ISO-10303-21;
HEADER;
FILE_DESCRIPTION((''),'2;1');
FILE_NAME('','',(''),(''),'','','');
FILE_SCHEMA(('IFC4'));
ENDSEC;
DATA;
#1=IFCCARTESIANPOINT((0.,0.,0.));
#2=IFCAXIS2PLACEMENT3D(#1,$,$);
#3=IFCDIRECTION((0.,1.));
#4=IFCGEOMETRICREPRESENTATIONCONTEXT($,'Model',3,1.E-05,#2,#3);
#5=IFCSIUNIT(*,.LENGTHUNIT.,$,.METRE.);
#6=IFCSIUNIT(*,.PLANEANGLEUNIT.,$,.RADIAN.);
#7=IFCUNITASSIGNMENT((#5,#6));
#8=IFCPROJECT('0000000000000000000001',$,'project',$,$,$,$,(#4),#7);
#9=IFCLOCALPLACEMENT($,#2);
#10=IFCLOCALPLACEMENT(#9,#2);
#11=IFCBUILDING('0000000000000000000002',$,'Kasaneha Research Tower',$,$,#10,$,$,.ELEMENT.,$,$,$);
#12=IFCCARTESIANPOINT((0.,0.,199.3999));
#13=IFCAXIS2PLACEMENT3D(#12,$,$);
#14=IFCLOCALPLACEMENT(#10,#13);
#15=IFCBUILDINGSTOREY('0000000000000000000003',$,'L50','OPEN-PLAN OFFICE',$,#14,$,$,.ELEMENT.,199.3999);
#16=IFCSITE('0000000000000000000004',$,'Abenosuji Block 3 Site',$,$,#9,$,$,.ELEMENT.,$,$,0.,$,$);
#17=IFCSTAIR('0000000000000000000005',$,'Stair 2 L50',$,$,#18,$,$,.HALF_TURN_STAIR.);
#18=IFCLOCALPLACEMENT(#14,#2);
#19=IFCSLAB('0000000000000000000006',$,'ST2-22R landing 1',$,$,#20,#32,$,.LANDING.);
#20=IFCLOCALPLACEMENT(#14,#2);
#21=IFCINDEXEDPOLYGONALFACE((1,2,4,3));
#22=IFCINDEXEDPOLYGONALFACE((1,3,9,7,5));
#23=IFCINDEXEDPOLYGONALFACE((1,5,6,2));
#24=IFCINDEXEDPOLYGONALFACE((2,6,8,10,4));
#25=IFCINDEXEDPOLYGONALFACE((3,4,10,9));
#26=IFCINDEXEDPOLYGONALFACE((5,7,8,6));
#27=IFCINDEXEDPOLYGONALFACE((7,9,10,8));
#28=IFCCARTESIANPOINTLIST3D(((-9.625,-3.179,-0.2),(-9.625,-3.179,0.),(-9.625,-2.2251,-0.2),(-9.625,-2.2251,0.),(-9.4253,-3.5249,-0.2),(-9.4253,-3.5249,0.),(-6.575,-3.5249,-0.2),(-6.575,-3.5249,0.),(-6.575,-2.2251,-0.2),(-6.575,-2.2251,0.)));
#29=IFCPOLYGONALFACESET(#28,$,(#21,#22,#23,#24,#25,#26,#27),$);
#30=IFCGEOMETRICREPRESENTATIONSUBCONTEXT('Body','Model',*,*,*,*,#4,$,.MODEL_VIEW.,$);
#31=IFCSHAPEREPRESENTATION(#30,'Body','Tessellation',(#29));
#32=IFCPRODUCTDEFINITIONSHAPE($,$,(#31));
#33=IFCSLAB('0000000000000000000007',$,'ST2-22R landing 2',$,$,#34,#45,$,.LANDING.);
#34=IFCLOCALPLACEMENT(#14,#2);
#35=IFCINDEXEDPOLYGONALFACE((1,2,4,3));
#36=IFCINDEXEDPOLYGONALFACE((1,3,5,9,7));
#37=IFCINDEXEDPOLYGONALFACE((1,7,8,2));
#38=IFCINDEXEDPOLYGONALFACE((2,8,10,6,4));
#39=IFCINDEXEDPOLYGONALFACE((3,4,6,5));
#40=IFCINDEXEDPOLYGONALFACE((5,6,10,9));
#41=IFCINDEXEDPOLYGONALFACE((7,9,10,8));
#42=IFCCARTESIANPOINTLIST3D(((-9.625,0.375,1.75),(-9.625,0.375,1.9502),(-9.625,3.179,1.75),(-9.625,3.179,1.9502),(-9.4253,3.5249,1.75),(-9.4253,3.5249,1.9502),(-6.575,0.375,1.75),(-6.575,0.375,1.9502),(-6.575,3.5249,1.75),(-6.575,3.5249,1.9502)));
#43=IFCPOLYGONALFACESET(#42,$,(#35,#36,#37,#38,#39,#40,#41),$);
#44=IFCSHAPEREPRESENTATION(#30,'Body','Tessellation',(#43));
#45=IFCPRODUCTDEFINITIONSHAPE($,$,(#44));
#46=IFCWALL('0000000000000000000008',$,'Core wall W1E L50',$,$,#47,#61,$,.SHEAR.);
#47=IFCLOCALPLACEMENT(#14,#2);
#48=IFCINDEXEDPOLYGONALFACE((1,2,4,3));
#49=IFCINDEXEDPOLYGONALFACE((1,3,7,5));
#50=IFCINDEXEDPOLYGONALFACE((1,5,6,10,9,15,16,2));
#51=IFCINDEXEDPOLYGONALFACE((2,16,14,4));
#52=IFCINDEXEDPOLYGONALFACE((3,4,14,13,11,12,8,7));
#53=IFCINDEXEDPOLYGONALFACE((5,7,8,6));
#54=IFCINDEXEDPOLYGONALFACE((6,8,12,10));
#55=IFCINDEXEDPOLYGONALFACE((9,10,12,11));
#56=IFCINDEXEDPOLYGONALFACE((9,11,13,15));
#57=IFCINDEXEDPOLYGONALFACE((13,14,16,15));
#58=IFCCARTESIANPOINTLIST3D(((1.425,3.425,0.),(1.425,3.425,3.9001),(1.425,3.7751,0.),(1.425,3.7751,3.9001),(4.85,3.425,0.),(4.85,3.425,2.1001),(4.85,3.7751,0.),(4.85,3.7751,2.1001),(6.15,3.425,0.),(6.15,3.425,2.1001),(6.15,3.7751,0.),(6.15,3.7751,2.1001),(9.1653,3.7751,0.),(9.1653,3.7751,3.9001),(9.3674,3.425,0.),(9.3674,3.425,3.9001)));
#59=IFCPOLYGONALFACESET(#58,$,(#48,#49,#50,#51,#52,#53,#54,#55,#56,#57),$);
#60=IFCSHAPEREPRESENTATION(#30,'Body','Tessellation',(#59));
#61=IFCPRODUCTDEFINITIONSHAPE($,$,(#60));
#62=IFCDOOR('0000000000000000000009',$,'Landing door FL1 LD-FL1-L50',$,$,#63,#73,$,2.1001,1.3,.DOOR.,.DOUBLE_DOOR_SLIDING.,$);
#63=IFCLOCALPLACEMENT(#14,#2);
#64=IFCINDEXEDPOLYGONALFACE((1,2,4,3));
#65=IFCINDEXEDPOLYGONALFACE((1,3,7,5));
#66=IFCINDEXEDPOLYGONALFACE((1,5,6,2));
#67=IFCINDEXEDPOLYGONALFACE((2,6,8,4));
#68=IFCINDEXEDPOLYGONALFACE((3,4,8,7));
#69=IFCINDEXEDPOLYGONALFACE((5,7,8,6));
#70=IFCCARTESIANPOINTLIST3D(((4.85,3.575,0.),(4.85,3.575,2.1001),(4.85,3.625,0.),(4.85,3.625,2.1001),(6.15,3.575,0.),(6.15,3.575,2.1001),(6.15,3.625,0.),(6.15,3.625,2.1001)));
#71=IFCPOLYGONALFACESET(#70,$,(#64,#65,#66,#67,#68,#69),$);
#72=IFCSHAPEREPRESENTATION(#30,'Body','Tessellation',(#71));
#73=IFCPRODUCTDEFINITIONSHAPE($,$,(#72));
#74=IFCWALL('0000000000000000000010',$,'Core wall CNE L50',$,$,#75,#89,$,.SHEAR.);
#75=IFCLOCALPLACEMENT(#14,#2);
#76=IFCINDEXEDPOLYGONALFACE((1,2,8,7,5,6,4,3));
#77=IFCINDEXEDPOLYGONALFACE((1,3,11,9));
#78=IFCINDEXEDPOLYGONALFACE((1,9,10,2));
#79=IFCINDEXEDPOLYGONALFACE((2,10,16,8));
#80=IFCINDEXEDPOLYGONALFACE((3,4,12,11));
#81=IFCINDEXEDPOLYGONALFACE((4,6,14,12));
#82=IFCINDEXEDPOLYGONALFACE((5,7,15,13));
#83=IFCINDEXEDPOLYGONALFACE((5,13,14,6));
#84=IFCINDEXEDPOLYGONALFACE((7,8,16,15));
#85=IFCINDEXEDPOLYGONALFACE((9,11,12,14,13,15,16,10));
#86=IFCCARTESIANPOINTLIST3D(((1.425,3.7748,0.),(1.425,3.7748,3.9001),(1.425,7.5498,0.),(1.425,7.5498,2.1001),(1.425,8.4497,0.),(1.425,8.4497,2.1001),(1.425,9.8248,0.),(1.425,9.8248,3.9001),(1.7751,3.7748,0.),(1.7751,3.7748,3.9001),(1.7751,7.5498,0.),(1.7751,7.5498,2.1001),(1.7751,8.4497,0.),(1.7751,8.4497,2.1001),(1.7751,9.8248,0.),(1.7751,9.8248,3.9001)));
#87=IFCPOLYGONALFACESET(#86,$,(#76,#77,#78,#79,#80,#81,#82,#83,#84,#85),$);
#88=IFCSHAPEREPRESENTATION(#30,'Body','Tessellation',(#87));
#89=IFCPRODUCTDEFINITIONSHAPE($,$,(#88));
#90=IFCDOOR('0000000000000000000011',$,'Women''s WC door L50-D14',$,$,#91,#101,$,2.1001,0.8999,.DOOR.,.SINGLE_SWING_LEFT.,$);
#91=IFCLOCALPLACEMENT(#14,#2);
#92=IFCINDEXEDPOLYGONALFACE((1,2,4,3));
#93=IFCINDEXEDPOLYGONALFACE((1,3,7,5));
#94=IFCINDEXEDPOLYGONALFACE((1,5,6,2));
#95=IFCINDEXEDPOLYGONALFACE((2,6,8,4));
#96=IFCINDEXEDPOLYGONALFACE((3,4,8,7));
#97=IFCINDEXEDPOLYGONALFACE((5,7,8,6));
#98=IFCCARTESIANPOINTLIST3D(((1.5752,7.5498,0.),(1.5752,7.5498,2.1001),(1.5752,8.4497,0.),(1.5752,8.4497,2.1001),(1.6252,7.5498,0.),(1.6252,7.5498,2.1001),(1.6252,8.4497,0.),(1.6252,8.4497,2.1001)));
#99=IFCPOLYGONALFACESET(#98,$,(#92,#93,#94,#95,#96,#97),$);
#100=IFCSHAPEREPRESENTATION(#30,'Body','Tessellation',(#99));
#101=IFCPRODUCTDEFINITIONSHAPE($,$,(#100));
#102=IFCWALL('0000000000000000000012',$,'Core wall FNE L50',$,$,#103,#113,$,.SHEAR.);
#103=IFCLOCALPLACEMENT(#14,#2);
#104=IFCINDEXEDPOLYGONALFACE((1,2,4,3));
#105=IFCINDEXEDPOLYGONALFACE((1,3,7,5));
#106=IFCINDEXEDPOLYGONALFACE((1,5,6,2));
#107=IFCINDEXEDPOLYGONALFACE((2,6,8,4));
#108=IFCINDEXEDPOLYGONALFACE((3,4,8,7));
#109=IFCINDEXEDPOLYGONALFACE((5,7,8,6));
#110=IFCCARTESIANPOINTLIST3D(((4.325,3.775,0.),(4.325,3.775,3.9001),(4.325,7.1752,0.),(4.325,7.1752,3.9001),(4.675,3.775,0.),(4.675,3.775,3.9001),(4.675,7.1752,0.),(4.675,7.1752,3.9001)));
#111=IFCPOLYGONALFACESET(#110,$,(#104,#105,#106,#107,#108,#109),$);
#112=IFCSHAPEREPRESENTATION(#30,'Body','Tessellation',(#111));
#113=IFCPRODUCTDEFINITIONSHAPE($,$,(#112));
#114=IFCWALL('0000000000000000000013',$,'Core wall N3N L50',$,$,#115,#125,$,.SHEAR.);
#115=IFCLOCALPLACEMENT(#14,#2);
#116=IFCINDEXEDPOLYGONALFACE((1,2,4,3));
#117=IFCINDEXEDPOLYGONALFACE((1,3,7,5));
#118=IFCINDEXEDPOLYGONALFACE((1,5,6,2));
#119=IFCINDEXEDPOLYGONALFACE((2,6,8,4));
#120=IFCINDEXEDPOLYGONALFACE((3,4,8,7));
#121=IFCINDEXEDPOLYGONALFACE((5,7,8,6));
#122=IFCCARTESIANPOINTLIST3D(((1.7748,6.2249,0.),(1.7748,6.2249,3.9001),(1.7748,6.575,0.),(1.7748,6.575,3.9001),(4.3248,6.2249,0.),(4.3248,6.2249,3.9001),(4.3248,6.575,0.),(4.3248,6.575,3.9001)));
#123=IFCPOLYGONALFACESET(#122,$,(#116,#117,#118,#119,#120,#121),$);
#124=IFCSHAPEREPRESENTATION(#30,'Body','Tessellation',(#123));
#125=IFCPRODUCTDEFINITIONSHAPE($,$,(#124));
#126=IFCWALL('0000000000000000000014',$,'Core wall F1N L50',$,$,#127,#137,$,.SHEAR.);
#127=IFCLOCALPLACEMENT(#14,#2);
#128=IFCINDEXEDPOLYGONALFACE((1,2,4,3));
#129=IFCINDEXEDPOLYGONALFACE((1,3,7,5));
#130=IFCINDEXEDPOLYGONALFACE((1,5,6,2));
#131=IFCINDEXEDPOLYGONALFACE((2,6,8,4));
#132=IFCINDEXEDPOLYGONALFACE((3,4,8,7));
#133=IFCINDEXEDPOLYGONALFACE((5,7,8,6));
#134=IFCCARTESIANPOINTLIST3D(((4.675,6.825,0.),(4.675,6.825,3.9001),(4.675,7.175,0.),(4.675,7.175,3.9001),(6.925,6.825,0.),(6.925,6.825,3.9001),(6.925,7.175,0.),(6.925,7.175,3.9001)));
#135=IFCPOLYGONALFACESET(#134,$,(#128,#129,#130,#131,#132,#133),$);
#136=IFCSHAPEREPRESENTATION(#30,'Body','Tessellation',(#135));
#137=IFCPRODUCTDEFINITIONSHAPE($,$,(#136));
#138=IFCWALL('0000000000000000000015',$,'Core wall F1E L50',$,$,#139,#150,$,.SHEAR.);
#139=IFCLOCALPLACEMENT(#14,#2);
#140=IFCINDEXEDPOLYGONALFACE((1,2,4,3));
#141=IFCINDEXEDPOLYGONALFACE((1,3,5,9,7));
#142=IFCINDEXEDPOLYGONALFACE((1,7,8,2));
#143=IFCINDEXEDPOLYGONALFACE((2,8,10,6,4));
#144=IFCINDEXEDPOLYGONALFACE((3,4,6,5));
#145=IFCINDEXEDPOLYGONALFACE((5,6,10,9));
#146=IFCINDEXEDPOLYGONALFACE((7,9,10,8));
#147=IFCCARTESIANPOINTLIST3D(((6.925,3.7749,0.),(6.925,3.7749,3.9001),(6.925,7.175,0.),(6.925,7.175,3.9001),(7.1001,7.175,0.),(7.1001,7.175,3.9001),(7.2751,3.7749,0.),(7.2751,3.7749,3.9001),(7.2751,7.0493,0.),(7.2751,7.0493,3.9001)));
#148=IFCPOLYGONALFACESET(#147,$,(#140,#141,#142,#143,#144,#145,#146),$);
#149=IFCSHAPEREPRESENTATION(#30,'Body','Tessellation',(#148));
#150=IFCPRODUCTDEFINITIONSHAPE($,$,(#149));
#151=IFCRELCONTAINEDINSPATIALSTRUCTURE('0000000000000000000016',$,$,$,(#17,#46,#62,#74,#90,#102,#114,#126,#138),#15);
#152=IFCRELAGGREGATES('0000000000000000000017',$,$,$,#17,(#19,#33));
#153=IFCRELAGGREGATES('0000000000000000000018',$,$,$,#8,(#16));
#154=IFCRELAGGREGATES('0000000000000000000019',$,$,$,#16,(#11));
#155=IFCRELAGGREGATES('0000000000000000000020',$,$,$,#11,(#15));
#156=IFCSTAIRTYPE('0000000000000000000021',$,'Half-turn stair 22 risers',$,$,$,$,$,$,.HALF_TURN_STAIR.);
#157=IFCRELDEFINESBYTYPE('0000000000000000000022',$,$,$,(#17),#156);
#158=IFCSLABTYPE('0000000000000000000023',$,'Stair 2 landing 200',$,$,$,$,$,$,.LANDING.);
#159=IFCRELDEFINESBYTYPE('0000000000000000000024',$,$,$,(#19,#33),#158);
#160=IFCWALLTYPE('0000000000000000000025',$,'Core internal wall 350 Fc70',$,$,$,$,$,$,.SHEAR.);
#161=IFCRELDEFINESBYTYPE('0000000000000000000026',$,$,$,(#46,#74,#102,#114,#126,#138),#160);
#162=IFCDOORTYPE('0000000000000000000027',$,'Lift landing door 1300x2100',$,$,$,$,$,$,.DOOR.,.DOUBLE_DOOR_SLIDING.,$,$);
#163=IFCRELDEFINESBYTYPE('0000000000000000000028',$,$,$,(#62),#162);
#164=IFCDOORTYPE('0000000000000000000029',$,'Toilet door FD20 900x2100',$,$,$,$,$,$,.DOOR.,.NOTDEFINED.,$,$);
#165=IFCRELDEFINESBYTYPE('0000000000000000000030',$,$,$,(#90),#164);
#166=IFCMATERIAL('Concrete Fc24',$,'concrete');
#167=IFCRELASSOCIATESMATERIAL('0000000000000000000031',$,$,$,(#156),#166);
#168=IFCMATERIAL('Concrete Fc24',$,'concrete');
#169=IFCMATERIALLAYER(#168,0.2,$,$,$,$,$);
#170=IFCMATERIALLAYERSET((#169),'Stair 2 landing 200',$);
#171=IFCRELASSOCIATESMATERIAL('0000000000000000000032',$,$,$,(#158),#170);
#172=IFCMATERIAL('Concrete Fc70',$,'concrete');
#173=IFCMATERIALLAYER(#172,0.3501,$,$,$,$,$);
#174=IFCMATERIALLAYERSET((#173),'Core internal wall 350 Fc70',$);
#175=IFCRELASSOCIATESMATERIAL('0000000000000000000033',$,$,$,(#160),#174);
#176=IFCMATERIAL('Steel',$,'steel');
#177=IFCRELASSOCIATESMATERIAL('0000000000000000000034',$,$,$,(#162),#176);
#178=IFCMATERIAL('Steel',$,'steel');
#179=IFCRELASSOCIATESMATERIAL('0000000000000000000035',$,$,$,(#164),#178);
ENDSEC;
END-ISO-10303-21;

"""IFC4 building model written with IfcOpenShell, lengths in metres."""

from ifc_helpers import new_model, si_unit, direction, frame, frame_2d, origin, place, context, subcontext, project, spatial, polyline, rectangle, outline, extrude, material, layer, layer_set, type_object, element, fill, aggregate, save


model = new_model("IFC4")

# Units and contexts
model_context = context("Model", 3, precision=1e-05, world=origin(), true_north=direction((0.0, 1.0)))
body_context = subcontext(model_context, "Body", "Model", "MODEL_VIEW")
ifc_project = project(units=[si_unit("LENGTHUNIT", "METRE"), si_unit("PLANEANGLEUNIT", "RADIAN")], contexts=[model_context])

# Site, building, storey
site_placement = place(None, origin())
site = spatial("IfcSite", under=ifc_project, at=site_placement, Name="Abenosuji Block 3 Site", CompositionType="ELEMENT", RefElevation=0.0)
building_placement = place(site_placement, origin())
building = spatial("IfcBuilding", under=site, at=building_placement, Name="Kasaneha Research Tower", CompositionType="ELEMENT")
storey_placement = place(building_placement, frame((0.0, 0.0, 199.3999)))
storey = spatial("IfcBuildingStorey", under=building, at=storey_placement, Name="L50", Description="OPEN-PLAN OFFICE", CompositionType="ELEMENT", Elevation=199.3999)

# Stair, slabs
ifc_material_1 = material(Name="Concrete Fc24", Category="concrete")
stair_type = type_object("IfcStairType", Name="Half-turn stair 22 risers", PredefinedType="HALF_TURN_STAIR", material=ifc_material_1)
stair_1_placement = place(storey_placement, origin())
stair_1 = element("IfcStair", 1, at=stair_1_placement, inside=storey, type_object=stair_type, Name="Stair 2 L50", PredefinedType="HALF_TURN_STAIR")
ifc_material_2 = material(Name="Concrete Fc24", Category="concrete")
ifc_layer_1 = layer(ifc_material_2, 0.2)
ifc_layer_set_1 = layer_set([ifc_layer_1], Name="Stair 2 landing 200")
slab_type = type_object("IfcSlabType", Name="Stair 2 landing 200", PredefinedType="LANDING", material=ifc_layer_set_1)
slab_1_placement = place(storey_placement, frame((0.0, 0.0, -0.2)))
slab_1 = element("IfcSlab", 2, at=slab_1_placement, type_object=slab_type, Name="ST2-22R landing 1", PredefinedType="LANDING", context=body_context, shape_type="SweptSolid", body=[
    extrude(outline(polyline([(-6.575, -3.5249), (-9.4253, -3.5249), (-9.625, -3.179), (-9.625, -2.2251), (-6.575, -2.2251), (-6.575, -3.5249)])), origin(), (0.0, 0.0, 1.0), 0.2),
])
slab_2_placement = place(storey_placement, frame((0.0, 0.0, 1.75)))
slab_2 = element("IfcSlab", 3, at=slab_2_placement, type_object=slab_type, Name="ST2-22R landing 2", PredefinedType="LANDING", context=body_context, shape_type="SweptSolid", body=[
    extrude(outline(polyline([(-6.575, 0.375), (-9.625, 0.375), (-9.625, 3.179), (-9.4253, 3.5249), (-6.575, 3.5249), (-6.575, 0.375)])), origin(), (0.0, 0.0, 1.0), 0.2002),
])
aggregate(stair_1, [slab_1, slab_2])

# Walls, openings, doors
ifc_material_3 = material(Name="Concrete Fc70", Category="concrete")
ifc_layer_2 = layer(ifc_material_3, 0.3501)
ifc_layer_set_2 = layer_set([ifc_layer_2], Name="Core internal wall 350 Fc70")
wall_type_1 = type_object("IfcWallType", Name="Core internal wall 350 Fc70", PredefinedType="SHEAR", material=ifc_layer_set_2)
wall_1_placement = place(storey_placement, frame((1.425, 3.6001, 0.0), z_axis=(0.0, 0.0, 1.0), x_axis=(1.0, 0.0, 0.0)))
wall_1 = element("IfcWall", 4, at=wall_1_placement, inside=storey, type_object=wall_type_1, Name="Core wall W1E L50", PredefinedType="SHEAR", context=body_context, shape_type="SweptSolid", body=[
    extrude(outline(polyline([(0.0, -0.175), (3.425, -0.175), (4.7251, -0.175), (7.9424, -0.175), (7.7402, 0.175), (4.7251, 0.175), (3.425, 0.175), (0.0, 0.175), (0.0, -0.175)])), origin(), (0.0, 0.0, 1.0), 3.9001),
])
opening_1_placement = place(wall_1_placement, frame((3.425, 0.0, 0.0)))
opening_1 = element("IfcOpeningElement", 5, at=opening_1_placement, cuts=wall_1, PredefinedType="OPENING", context=body_context, shape_type="SweptSolid", body=[
    extrude(rectangle(XDim=1.3, YDim=2.1001, at=frame_2d((0.6499, 1.05))), frame((0.0, 0.1851, 0.0), z_axis=(0.0, -1.0, 0.0), x_axis=(1.0, 0.0, 0.0)), (0.0, 0.0, 1.0), 0.3701),
])
ifc_material_4 = material(Name="Steel", Category="steel")
door_type_1 = type_object("IfcDoorType", Name="Lift landing door 1300x2100", OperationType="DOUBLE_DOOR_SLIDING", PredefinedType="DOOR", material=ifc_material_4)
door_1_placement = place(opening_1_placement, origin())
door_1 = element("IfcDoor", 6, at=door_1_placement, inside=storey, type_object=door_type_1, Name="Landing door FL1 LD-FL1-L50", OperationType="DOUBLE_DOOR_SLIDING", OverallHeight=2.1001, OverallWidth=1.3, PredefinedType="DOOR", context=body_context, shape_type="SweptSolid", body=[
    extrude(rectangle(XDim=1.3, YDim=2.1001, at=frame_2d((0.6499, 1.05))), frame((0.0, 0.0249, 0.0), z_axis=(0.0, -1.0, 0.0), x_axis=(1.0, 0.0, 0.0)), (0.0, 0.0, 1.0), 0.05),
])
fill(opening_1, door_1)
wall_2_placement = place(storey_placement, frame((1.6001, 3.7749, 0.0), z_axis=(0.0, 0.0, 1.0), x_axis=(0.0, 1.0, 0.0)))
wall_2 = element("IfcWall", 7, at=wall_2_placement, inside=storey, type_object=wall_type_1, Name="Core wall CNE L50", PredefinedType="SHEAR", context=body_context, shape_type="SweptSolid", body=[
    extrude(rectangle(XDim=6.05, YDim=0.3501, at=frame_2d((3.0249, 0.0))), origin(), (0.0, 0.0, 1.0), 3.9001),
])
opening_2_placement = place(wall_2_placement, frame((3.7749, 0.0, 0.0)))
opening_2 = element("IfcOpeningElement", 8, at=opening_2_placement, cuts=wall_2, PredefinedType="OPENING", context=body_context, shape_type="SweptSolid", body=[
    extrude(rectangle(XDim=0.8999, YDim=2.1001, at=frame_2d((0.45, 1.05))), frame((0.0, 0.1851, 0.0), z_axis=(0.0, -1.0, 0.0), x_axis=(1.0, 0.0, 0.0)), (0.0, 0.0, 1.0), 0.3701),
])
ifc_material_5 = material(Name="Steel", Category="steel")
door_type_2 = type_object("IfcDoorType", Name="Toilet door FD20 900x2100", OperationType="NOTDEFINED", PredefinedType="DOOR", material=ifc_material_5)
door_2_placement = place(opening_2_placement, origin())
door_2 = element("IfcDoor", 9, at=door_2_placement, inside=storey, type_object=door_type_2, Name="Women's WC door L50-D14", OperationType="SINGLE_SWING_LEFT", OverallHeight=2.1001, OverallWidth=0.8999, PredefinedType="DOOR", context=body_context, shape_type="SweptSolid", body=[
    extrude(rectangle(XDim=0.8999, YDim=2.1001, at=frame_2d((0.45, 1.05))), frame((0.0, 0.0249, 0.0), z_axis=(0.0, -1.0, 0.0), x_axis=(1.0, 0.0, 0.0)), (0.0, 0.0, 1.0), 0.05),
])
fill(opening_2, door_2)

# Walls
wall_3_placement = place(storey_placement, frame((4.5, 3.7749, 0.0), z_axis=(0.0, 0.0, 1.0), x_axis=(0.0, 1.0, 0.0)))
element("IfcWall", 10, at=wall_3_placement, inside=storey, type_object=wall_type_1, Name="Core wall FNE L50", PredefinedType="SHEAR", context=body_context, shape_type="SweptSolid", body=[
    extrude(rectangle(XDim=3.4001, YDim=0.3501, at=frame_2d((1.7002, 0.0))), origin(), (0.0, 0.0, 1.0), 3.9001),
])
wall_4_placement = place(storey_placement, frame((1.7749, 6.3999, 0.0), z_axis=(0.0, 0.0, 1.0), x_axis=(1.0, 0.0, 0.0)))
element("IfcWall", 11, at=wall_4_placement, inside=storey, type_object=wall_type_1, Name="Core wall N3N L50", PredefinedType="SHEAR", context=body_context, shape_type="SweptSolid", body=[
    extrude(rectangle(XDim=2.55, YDim=0.3501, at=frame_2d((1.2749, 0.0))), origin(), (0.0, 0.0, 1.0), 3.9001),
])
wall_5_placement = place(storey_placement, frame((4.675, 7.0, 0.0), z_axis=(0.0, 0.0, 1.0), x_axis=(1.0, 0.0, 0.0)))
element("IfcWall", 12, at=wall_5_placement, inside=storey, type_object=wall_type_1, Name="Core wall F1N L50", PredefinedType="SHEAR", context=body_context, shape_type="SweptSolid", body=[
    extrude(rectangle(XDim=2.25, YDim=0.3501, at=frame_2d((1.125, 0.0))), origin(), (0.0, 0.0, 1.0), 3.9001),
])
wall_6_placement = place(storey_placement, frame((7.1001, 3.7749, 0.0), z_axis=(0.0, 0.0, 1.0), x_axis=(0.0, 1.0, 0.0)))
element("IfcWall", 13, at=wall_6_placement, inside=storey, type_object=wall_type_1, Name="Core wall F1E L50", PredefinedType="SHEAR", context=body_context, shape_type="SweptSolid", body=[
    extrude(outline(polyline([(0.0, -0.175), (3.2744, -0.175), (3.4001, 0.0), (3.4001, 0.175), (0.0, 0.175), (0.0, -0.175)])), origin(), (0.0, 0.0, 1.0), 3.9001),
])

save(model, "model.ifc")
